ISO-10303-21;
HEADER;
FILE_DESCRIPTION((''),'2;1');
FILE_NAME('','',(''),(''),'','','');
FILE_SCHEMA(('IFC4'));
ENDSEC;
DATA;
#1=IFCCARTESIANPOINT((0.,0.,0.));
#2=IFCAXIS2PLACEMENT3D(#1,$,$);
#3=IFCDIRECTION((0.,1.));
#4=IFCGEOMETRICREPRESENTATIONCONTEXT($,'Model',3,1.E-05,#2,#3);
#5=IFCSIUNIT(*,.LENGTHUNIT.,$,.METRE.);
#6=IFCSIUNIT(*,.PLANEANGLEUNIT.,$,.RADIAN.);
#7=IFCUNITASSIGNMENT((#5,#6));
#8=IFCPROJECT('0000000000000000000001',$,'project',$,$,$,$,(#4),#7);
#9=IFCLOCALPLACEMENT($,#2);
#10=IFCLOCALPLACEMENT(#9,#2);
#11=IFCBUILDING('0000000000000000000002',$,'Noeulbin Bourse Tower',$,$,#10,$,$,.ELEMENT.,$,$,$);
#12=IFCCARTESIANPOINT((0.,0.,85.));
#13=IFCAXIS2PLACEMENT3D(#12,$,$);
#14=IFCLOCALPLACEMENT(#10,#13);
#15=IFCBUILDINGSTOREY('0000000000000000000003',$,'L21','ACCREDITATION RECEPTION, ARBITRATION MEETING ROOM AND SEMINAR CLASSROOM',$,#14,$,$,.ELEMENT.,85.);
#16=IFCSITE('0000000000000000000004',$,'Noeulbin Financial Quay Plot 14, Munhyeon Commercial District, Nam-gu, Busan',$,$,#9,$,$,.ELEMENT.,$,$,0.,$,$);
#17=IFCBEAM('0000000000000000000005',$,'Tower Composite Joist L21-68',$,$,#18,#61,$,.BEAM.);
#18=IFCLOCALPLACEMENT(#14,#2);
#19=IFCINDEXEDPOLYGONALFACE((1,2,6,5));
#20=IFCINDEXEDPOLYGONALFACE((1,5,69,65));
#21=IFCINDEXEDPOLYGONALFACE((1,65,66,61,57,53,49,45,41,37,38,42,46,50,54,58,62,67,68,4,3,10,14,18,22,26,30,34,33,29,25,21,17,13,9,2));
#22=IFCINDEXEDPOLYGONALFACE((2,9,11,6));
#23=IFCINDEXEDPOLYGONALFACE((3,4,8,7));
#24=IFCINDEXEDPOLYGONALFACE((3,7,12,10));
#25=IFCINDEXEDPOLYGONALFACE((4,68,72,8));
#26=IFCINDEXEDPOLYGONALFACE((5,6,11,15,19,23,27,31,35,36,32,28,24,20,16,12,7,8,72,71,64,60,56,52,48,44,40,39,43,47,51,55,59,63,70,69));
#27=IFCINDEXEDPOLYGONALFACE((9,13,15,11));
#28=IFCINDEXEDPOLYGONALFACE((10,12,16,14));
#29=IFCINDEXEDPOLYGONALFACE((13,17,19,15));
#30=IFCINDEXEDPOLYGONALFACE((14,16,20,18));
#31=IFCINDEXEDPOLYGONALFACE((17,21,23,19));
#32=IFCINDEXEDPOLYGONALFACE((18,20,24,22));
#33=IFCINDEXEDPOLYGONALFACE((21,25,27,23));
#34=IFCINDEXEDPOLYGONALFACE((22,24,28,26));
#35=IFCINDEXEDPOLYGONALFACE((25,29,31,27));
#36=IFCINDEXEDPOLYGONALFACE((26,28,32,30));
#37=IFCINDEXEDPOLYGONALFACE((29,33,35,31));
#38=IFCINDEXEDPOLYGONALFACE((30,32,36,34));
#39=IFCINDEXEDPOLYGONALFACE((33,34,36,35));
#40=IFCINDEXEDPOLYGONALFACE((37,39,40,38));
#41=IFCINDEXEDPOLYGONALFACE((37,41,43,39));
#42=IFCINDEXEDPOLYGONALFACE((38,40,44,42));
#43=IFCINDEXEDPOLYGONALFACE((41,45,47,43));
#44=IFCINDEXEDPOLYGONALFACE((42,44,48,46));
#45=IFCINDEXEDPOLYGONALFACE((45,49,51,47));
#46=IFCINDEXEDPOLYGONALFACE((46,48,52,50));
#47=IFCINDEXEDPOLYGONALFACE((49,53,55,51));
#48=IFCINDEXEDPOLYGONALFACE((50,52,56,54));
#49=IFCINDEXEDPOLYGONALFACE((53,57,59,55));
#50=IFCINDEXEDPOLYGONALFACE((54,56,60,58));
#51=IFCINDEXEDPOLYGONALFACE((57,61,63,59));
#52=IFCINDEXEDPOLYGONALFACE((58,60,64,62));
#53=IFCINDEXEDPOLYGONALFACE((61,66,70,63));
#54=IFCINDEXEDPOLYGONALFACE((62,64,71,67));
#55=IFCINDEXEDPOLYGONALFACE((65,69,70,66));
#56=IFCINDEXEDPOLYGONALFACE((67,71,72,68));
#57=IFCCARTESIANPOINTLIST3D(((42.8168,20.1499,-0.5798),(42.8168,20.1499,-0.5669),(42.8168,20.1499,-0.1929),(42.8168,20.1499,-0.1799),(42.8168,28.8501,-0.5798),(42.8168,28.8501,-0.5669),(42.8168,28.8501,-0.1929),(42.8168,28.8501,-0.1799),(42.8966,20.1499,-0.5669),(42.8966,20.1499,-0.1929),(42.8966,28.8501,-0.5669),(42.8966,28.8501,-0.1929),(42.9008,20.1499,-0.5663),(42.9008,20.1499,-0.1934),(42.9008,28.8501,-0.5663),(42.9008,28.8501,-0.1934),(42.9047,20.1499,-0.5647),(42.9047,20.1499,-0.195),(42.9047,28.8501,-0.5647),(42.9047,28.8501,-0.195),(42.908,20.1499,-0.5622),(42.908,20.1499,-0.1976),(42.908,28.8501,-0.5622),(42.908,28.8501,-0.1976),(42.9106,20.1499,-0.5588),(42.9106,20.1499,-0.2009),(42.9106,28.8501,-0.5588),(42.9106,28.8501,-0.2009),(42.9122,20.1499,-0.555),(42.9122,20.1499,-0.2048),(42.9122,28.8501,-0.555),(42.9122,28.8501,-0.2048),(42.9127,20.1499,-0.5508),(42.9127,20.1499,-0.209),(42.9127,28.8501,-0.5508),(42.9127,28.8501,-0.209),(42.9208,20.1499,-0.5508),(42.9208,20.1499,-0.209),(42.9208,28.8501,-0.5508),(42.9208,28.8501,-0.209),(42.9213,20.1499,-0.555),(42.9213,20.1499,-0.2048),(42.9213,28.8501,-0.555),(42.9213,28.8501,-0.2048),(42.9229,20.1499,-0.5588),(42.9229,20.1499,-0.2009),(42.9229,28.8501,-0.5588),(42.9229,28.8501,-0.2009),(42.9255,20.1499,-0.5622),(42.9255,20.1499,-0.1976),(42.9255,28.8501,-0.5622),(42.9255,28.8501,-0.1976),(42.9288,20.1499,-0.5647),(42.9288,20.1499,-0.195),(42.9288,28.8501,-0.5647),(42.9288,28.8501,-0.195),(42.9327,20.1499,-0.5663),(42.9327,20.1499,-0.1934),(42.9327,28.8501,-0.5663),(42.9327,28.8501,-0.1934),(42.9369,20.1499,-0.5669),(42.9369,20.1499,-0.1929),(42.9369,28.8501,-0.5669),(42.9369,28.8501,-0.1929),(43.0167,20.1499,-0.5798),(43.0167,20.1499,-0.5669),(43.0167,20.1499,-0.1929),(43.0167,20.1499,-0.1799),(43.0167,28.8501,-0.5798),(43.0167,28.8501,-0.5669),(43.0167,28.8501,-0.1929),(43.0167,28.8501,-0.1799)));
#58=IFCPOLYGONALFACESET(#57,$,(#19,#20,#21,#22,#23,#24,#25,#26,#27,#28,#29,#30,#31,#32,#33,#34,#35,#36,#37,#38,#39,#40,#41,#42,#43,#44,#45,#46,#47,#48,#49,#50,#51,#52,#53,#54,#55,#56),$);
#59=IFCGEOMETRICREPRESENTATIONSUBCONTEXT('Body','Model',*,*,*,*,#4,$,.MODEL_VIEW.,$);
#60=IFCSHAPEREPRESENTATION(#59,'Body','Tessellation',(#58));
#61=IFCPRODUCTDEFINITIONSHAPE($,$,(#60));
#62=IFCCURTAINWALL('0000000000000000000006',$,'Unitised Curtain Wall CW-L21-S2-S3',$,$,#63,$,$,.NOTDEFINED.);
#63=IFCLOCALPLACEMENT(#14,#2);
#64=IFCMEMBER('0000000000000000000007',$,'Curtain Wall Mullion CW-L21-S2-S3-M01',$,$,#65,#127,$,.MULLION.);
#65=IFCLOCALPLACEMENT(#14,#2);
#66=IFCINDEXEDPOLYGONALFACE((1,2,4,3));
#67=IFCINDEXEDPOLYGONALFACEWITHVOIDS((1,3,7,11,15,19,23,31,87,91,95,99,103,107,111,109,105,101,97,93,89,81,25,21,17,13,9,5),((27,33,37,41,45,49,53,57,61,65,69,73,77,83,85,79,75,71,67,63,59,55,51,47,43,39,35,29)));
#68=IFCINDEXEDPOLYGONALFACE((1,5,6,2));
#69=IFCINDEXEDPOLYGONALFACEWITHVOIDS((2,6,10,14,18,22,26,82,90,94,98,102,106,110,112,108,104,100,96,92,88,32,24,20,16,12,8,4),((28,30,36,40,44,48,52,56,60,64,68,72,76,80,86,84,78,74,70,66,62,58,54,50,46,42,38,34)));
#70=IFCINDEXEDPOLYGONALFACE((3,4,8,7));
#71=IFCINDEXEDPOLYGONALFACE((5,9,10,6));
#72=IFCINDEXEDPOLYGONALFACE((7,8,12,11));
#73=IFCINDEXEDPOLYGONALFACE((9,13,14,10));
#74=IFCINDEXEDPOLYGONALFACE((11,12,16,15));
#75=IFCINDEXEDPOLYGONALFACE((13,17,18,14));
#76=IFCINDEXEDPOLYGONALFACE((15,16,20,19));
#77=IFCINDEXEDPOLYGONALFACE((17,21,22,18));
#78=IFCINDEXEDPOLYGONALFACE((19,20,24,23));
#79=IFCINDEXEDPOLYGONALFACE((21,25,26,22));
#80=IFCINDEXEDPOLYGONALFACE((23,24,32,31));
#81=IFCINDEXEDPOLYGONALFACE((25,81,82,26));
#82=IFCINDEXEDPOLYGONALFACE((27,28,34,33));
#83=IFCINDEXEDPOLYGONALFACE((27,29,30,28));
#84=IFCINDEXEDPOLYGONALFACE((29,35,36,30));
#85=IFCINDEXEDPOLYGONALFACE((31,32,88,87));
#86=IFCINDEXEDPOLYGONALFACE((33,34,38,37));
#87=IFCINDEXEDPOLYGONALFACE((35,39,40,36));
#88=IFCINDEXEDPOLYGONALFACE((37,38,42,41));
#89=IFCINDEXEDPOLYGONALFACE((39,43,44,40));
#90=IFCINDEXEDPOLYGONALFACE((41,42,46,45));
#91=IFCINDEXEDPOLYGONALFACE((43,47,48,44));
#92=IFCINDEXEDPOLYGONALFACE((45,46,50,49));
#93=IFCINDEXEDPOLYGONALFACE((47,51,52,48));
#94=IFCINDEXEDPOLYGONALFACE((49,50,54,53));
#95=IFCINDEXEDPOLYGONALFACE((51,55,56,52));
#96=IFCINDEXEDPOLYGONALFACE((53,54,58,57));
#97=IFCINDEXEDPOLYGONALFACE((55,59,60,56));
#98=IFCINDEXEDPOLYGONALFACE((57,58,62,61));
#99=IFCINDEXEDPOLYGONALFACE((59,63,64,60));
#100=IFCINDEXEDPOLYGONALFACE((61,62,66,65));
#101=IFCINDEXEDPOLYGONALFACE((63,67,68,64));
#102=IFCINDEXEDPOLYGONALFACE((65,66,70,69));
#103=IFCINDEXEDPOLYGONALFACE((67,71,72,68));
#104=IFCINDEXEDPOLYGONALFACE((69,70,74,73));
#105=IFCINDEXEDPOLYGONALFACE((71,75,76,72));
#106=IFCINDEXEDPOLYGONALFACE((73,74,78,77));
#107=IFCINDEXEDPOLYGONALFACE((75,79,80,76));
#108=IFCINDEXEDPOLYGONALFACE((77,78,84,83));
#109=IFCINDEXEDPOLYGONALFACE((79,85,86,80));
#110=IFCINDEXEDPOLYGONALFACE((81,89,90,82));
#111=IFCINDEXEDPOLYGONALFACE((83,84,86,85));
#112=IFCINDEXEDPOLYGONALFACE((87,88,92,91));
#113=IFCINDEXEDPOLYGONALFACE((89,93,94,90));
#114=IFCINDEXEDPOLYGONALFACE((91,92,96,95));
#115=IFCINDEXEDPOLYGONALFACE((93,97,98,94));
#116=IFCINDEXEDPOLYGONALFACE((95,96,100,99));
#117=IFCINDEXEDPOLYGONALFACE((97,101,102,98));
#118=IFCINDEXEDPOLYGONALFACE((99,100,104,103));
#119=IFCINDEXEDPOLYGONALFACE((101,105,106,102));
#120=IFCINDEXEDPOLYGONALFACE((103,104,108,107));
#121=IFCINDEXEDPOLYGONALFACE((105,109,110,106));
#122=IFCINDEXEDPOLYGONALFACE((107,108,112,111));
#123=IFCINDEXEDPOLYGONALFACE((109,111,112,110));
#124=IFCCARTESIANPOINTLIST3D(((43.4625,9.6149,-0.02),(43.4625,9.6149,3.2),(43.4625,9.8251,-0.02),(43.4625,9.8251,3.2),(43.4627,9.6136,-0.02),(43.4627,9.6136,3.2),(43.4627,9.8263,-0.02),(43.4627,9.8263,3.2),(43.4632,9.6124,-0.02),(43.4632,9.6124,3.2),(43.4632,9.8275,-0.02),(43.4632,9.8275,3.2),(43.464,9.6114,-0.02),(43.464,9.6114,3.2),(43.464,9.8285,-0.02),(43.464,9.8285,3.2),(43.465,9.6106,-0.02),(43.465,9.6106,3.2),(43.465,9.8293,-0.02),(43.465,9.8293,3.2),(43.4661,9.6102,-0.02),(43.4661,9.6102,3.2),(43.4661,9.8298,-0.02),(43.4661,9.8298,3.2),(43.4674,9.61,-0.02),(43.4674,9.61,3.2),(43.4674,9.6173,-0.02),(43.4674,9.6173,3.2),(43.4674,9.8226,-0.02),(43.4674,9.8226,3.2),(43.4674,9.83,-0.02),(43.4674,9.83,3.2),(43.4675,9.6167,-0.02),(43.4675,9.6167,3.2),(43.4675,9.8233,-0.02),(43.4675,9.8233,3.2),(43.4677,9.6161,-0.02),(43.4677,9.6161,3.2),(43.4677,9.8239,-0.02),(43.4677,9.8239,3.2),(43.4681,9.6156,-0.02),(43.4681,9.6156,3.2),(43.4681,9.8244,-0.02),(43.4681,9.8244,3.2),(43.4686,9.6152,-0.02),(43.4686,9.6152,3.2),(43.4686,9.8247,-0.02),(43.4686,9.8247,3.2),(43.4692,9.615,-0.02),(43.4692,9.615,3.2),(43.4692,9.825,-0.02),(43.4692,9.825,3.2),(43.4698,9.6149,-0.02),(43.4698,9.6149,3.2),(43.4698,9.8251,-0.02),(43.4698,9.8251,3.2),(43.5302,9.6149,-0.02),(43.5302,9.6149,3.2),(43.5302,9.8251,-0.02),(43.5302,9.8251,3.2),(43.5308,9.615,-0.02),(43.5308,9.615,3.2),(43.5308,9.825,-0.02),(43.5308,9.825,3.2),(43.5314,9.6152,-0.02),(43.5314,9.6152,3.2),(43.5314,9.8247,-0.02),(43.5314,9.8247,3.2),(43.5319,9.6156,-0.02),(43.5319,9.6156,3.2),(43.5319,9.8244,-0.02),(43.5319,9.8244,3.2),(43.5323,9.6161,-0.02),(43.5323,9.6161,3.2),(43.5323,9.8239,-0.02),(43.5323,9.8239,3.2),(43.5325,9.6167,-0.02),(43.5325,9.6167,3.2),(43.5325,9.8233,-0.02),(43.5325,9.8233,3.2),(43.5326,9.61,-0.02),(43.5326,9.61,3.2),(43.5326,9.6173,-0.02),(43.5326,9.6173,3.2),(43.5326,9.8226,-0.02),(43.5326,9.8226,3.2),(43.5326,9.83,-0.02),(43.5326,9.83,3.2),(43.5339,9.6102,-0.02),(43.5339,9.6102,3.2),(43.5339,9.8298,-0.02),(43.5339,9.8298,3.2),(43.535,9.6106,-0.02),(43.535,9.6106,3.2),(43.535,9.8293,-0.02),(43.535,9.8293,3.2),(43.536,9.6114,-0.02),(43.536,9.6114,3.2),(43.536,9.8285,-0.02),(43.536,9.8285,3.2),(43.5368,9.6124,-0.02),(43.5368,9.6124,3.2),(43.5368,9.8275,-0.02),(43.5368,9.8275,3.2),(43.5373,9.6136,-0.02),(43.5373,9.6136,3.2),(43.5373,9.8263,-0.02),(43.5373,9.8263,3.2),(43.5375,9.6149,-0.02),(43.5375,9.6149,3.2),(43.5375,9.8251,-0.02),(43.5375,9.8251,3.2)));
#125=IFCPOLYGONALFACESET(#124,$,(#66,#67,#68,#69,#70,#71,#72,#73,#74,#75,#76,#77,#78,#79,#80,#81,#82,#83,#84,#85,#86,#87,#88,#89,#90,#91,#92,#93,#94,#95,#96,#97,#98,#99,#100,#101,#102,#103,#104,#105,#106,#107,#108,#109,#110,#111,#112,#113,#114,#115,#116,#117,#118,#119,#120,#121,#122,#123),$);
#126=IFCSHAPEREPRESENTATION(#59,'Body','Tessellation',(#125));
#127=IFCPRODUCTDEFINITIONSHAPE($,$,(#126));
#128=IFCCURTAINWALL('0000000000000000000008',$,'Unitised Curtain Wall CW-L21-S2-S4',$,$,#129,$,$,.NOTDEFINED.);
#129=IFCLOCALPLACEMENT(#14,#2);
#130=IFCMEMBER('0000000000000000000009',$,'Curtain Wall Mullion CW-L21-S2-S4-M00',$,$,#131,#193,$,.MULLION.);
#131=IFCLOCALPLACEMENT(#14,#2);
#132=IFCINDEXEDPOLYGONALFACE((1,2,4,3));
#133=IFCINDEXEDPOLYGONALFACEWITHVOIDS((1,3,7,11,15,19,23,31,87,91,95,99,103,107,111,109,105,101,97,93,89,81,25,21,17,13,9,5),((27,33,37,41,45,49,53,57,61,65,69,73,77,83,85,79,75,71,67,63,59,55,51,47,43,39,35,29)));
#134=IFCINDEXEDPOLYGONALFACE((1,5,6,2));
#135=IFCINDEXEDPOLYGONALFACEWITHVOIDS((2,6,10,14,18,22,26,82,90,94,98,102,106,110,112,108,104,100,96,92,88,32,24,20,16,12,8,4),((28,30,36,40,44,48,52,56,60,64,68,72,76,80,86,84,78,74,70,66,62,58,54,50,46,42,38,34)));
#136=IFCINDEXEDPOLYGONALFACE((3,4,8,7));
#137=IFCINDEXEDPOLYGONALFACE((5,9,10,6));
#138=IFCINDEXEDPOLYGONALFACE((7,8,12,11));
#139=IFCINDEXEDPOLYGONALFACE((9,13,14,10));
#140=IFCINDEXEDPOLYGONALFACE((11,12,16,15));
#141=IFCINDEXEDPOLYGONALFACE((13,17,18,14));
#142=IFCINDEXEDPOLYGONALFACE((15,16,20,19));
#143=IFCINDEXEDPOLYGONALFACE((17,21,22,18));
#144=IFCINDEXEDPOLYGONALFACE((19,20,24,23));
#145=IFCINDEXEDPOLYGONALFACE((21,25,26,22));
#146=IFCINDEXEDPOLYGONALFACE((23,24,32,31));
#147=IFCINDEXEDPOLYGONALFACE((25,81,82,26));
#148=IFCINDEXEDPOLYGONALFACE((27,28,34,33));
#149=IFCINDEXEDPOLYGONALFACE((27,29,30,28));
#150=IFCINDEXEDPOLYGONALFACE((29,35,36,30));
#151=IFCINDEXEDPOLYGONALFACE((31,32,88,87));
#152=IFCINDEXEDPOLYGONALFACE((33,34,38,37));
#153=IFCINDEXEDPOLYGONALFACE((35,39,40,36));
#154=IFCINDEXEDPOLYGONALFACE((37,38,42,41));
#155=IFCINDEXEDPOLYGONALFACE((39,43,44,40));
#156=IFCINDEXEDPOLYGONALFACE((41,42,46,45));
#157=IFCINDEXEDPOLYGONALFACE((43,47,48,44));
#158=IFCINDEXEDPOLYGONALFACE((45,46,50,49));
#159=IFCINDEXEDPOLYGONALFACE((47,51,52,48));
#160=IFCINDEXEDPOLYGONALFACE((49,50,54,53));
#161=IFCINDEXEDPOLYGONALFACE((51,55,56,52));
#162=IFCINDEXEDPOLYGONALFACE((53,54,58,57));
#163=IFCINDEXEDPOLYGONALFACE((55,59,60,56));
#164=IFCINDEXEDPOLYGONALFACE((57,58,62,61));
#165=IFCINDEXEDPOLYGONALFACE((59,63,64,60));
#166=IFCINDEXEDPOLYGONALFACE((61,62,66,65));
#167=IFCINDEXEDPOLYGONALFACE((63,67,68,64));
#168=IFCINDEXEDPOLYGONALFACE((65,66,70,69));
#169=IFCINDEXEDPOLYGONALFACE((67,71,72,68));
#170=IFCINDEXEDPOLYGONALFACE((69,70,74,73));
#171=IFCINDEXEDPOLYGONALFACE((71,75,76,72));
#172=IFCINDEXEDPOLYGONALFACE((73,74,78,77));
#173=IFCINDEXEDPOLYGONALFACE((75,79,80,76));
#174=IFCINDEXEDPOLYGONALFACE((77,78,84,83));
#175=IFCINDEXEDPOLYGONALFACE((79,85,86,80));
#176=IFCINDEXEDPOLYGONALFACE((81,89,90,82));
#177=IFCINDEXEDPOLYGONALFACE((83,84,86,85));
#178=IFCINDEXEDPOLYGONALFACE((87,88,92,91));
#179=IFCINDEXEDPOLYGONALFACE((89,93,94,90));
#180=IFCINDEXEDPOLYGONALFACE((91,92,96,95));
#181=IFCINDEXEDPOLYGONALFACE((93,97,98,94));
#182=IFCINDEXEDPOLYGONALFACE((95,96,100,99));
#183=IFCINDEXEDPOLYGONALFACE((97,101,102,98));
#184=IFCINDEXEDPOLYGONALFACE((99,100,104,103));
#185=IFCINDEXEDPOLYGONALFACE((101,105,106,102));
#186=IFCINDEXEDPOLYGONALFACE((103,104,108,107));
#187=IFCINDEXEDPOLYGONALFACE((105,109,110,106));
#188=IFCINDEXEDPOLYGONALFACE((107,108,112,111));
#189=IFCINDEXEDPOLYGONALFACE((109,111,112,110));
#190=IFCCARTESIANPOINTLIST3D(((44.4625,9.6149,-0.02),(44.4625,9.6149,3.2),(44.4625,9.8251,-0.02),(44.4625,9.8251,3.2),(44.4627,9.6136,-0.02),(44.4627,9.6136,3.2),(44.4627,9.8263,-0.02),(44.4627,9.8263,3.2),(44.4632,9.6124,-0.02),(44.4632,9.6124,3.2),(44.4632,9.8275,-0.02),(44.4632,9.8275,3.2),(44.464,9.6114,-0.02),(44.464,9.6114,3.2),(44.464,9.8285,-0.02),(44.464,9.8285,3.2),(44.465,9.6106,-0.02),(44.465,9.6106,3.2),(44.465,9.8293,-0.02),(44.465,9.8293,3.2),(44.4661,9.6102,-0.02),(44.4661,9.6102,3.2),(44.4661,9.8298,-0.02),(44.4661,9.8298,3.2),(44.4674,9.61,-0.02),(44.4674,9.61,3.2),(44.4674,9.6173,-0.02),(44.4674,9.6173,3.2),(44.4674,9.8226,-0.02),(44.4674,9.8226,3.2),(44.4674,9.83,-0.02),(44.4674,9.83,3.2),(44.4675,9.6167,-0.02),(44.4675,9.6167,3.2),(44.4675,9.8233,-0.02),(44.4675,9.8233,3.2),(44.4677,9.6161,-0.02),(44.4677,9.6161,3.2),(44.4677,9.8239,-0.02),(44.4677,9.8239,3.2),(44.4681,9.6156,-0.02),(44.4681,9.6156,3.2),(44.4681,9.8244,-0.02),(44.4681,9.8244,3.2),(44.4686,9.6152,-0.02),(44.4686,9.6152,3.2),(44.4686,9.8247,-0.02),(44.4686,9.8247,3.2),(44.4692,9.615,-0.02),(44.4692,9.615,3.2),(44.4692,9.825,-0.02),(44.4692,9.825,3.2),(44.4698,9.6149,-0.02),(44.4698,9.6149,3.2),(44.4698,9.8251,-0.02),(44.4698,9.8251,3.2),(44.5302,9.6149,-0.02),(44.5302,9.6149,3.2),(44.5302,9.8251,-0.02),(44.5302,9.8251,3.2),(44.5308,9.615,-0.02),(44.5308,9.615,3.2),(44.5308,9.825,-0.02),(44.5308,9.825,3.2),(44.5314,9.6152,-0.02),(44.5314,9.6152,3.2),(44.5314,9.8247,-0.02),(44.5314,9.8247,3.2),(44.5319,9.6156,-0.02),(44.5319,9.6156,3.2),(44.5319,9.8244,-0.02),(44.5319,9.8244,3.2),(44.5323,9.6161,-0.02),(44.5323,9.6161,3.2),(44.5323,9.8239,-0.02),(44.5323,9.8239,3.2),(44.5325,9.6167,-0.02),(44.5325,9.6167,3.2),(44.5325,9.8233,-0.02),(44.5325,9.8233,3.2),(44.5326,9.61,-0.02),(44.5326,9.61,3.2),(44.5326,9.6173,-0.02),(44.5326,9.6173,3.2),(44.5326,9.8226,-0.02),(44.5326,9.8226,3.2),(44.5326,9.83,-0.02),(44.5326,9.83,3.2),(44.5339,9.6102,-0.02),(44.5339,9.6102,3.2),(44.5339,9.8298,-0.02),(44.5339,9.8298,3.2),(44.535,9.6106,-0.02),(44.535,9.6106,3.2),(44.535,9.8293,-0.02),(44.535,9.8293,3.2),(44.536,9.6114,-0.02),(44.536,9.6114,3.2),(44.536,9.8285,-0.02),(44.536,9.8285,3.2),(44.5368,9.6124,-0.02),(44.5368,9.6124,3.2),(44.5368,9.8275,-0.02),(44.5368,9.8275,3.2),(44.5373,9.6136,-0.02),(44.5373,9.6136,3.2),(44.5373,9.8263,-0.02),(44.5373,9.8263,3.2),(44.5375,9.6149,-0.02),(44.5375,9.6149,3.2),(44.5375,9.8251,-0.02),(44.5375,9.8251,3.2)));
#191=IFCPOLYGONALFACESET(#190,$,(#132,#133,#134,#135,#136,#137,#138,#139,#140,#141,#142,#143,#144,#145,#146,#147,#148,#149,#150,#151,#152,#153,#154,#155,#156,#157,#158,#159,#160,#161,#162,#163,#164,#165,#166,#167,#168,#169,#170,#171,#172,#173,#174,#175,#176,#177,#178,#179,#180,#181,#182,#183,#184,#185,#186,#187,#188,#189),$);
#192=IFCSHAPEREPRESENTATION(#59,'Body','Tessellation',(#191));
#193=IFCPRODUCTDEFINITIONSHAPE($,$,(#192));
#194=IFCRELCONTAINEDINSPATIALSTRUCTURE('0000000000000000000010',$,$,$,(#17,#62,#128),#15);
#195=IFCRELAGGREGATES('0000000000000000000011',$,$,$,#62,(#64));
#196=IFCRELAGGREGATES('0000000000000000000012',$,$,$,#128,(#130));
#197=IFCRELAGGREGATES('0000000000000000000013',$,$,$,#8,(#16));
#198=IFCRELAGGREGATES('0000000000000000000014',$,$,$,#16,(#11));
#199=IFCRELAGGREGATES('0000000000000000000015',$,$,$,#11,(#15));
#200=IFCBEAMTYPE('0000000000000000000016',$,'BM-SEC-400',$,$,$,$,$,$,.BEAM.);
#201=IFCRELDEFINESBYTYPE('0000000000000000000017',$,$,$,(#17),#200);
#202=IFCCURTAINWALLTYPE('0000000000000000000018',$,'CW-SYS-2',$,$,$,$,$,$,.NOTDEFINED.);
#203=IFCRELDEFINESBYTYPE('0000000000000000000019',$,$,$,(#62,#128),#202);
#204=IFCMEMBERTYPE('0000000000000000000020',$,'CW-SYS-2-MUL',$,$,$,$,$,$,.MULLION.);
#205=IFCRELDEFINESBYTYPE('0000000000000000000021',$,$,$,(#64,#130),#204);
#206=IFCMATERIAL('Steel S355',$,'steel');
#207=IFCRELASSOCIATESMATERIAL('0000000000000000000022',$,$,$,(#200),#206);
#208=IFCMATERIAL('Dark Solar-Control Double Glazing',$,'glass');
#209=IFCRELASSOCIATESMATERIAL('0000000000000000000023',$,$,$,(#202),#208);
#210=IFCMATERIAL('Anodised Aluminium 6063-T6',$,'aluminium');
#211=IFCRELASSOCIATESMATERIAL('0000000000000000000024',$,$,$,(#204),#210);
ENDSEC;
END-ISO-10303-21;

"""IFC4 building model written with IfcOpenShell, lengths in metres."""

from ifc_helpers import new_model, si_unit, direction, frame, origin, origin_2d, place, context, subcontext, project, spatial, hollow_rectangle, i_section, extrude, material, material_profile, profile_set, type_object, element, aggregate, save


model = new_model("IFC4")

# Units and contexts
model_context = context("Model", 3, precision=1e-05, world=origin(), true_north=direction((0.0, 1.0)))
body_context = subcontext(model_context, "Body", "Model", "MODEL_VIEW")
ifc_project = project(units=[si_unit("LENGTHUNIT", "METRE"), si_unit("PLANEANGLEUNIT", "RADIAN")], contexts=[model_context])

# Site, building, storey
site_placement = place(None, origin())
site = spatial("IfcSite", under=ifc_project, at=site_placement, Name="Noeulbin Financial Quay Plot 14, Munhyeon Commercial District, Nam-gu, Busan", CompositionType="ELEMENT", RefElevation=0.0)
building_placement = place(site_placement, origin())
building = spatial("IfcBuilding", under=site, at=building_placement, Name="Noeulbin Bourse Tower", CompositionType="ELEMENT")
storey_placement = place(building_placement, frame((0.0, 0.0, 85.0)))
storey = spatial("IfcBuildingStorey", under=building, at=storey_placement, Name="L21", Description="ACCREDITATION RECEPTION, ARBITRATION MEETING ROOM AND SEMINAR CLASSROOM", CompositionType="ELEMENT", Elevation=85.0)

# Beam
ifc_material_1 = material(Name="Steel S355", Category="steel")
ifc_material_profile_1 = material_profile(ifc_material_1, i_section(OverallWidth=0.2, OverallDepth=0.3999, WebThickness=0.0081, FlangeThickness=0.0129, FilletRadius=0.0161, at=origin_2d()), Name="H-400x200x8x13", Category="LoadBearing")
ifc_profile_set_1 = profile_set([ifc_material_profile_1], Name="Steel S355")
beam_type_1 = type_object("IfcBeamType", Name="BM-SEC-400", PredefinedType="BEAM", material=ifc_profile_set_1)
beam_1_placement = place(storey_placement, frame((42.9167, 20.1499, -0.3799), z_axis=(0.0, 1.0, 0.0), x_axis=(-1.0, 0.0, 0.0)))
element("IfcBeam", 1, at=beam_1_placement, inside=storey, type_object=beam_type_1, Name="Tower Composite Joist L21-68", PredefinedType="BEAM", context=body_context, shape_type="SweptSolid", body=[
    extrude(i_section(OverallWidth=0.2, OverallDepth=0.3999, WebThickness=0.0081, FlangeThickness=0.0129, FilletRadius=0.0161, at=origin_2d()), origin(), (0.0, 0.0, 1.0), 8.7002),
])

# Curtain wall, member
ifc_material_2 = material(Name="Dark Solar-Control Double Glazing", Category="glass")
curtain_wall_type = type_object("IfcCurtainWallType", Name="CW-SYS-2", PredefinedType="NOTDEFINED", material=ifc_material_2)
curtain_wall_1_placement = place(storey_placement, origin())
curtain_wall_1 = element("IfcCurtainWall", 2, at=curtain_wall_1_placement, inside=storey, type_object=curtain_wall_type, Name="Unitised Curtain Wall CW-L21-S2-S3", PredefinedType="NOTDEFINED")
ifc_material_3 = material(Name="Anodised Aluminium 6063-T6", Category="aluminium")
ifc_material_profile_2 = material_profile(ifc_material_3, hollow_rectangle(XDim=0.075, YDim=0.22, WallThickness=0.0049, InnerFilletRadius=0.0024, OuterFilletRadius=0.0049, at=origin_2d()), Name="ALU-MULL-75x220x5", Category="LoadBearing")
ifc_profile_set_2 = profile_set([ifc_material_profile_2], Name="Anodised Aluminium 6063-T6")
member_type_1 = type_object("IfcMemberType", Name="CW-SYS-2-MUL", PredefinedType="MULLION", material=ifc_profile_set_2)
member_1_placement = place(storey_placement, frame((43.5, 9.72, -0.02), z_axis=(0.0, 0.0, 1.0), x_axis=(1.0, 0.0, 0.0)))
member_1 = element("IfcMember", 3, at=member_1_placement, type_object=member_type_1, Name="Curtain Wall Mullion CW-L21-S2-S3-M01", PredefinedType="MULLION", context=body_context, shape_type="SweptSolid", body=[
    extrude(hollow_rectangle(XDim=0.075, YDim=0.22, WallThickness=0.0049, InnerFilletRadius=0.0024, OuterFilletRadius=0.0049, at=origin_2d()), origin(), (0.0, 0.0, 1.0), 3.22),
])

# Curtain wall, member
curtain_wall_2_placement = place(storey_placement, origin())
curtain_wall_2 = element("IfcCurtainWall", 4, at=curtain_wall_2_placement, inside=storey, type_object=curtain_wall_type, Name="Unitised Curtain Wall CW-L21-S2-S4", PredefinedType="NOTDEFINED")
member_2_placement = place(storey_placement, frame((44.5, 9.72, -0.02), z_axis=(0.0, 0.0, 1.0), x_axis=(1.0, 0.0, 0.0)))
member_2 = element("IfcMember", 5, at=member_2_placement, type_object=member_type_1, Name="Curtain Wall Mullion CW-L21-S2-S4-M00", PredefinedType="MULLION", context=body_context, shape_type="SweptSolid", body=[
    extrude(hollow_rectangle(XDim=0.075, YDim=0.22, WallThickness=0.0049, InnerFilletRadius=0.0024, OuterFilletRadius=0.0049, at=origin_2d()), origin(), (0.0, 0.0, 1.0), 3.22),
])

aggregate(curtain_wall_1, [member_1])
aggregate(curtain_wall_2, [member_2])

save(model, "model.ifc")
